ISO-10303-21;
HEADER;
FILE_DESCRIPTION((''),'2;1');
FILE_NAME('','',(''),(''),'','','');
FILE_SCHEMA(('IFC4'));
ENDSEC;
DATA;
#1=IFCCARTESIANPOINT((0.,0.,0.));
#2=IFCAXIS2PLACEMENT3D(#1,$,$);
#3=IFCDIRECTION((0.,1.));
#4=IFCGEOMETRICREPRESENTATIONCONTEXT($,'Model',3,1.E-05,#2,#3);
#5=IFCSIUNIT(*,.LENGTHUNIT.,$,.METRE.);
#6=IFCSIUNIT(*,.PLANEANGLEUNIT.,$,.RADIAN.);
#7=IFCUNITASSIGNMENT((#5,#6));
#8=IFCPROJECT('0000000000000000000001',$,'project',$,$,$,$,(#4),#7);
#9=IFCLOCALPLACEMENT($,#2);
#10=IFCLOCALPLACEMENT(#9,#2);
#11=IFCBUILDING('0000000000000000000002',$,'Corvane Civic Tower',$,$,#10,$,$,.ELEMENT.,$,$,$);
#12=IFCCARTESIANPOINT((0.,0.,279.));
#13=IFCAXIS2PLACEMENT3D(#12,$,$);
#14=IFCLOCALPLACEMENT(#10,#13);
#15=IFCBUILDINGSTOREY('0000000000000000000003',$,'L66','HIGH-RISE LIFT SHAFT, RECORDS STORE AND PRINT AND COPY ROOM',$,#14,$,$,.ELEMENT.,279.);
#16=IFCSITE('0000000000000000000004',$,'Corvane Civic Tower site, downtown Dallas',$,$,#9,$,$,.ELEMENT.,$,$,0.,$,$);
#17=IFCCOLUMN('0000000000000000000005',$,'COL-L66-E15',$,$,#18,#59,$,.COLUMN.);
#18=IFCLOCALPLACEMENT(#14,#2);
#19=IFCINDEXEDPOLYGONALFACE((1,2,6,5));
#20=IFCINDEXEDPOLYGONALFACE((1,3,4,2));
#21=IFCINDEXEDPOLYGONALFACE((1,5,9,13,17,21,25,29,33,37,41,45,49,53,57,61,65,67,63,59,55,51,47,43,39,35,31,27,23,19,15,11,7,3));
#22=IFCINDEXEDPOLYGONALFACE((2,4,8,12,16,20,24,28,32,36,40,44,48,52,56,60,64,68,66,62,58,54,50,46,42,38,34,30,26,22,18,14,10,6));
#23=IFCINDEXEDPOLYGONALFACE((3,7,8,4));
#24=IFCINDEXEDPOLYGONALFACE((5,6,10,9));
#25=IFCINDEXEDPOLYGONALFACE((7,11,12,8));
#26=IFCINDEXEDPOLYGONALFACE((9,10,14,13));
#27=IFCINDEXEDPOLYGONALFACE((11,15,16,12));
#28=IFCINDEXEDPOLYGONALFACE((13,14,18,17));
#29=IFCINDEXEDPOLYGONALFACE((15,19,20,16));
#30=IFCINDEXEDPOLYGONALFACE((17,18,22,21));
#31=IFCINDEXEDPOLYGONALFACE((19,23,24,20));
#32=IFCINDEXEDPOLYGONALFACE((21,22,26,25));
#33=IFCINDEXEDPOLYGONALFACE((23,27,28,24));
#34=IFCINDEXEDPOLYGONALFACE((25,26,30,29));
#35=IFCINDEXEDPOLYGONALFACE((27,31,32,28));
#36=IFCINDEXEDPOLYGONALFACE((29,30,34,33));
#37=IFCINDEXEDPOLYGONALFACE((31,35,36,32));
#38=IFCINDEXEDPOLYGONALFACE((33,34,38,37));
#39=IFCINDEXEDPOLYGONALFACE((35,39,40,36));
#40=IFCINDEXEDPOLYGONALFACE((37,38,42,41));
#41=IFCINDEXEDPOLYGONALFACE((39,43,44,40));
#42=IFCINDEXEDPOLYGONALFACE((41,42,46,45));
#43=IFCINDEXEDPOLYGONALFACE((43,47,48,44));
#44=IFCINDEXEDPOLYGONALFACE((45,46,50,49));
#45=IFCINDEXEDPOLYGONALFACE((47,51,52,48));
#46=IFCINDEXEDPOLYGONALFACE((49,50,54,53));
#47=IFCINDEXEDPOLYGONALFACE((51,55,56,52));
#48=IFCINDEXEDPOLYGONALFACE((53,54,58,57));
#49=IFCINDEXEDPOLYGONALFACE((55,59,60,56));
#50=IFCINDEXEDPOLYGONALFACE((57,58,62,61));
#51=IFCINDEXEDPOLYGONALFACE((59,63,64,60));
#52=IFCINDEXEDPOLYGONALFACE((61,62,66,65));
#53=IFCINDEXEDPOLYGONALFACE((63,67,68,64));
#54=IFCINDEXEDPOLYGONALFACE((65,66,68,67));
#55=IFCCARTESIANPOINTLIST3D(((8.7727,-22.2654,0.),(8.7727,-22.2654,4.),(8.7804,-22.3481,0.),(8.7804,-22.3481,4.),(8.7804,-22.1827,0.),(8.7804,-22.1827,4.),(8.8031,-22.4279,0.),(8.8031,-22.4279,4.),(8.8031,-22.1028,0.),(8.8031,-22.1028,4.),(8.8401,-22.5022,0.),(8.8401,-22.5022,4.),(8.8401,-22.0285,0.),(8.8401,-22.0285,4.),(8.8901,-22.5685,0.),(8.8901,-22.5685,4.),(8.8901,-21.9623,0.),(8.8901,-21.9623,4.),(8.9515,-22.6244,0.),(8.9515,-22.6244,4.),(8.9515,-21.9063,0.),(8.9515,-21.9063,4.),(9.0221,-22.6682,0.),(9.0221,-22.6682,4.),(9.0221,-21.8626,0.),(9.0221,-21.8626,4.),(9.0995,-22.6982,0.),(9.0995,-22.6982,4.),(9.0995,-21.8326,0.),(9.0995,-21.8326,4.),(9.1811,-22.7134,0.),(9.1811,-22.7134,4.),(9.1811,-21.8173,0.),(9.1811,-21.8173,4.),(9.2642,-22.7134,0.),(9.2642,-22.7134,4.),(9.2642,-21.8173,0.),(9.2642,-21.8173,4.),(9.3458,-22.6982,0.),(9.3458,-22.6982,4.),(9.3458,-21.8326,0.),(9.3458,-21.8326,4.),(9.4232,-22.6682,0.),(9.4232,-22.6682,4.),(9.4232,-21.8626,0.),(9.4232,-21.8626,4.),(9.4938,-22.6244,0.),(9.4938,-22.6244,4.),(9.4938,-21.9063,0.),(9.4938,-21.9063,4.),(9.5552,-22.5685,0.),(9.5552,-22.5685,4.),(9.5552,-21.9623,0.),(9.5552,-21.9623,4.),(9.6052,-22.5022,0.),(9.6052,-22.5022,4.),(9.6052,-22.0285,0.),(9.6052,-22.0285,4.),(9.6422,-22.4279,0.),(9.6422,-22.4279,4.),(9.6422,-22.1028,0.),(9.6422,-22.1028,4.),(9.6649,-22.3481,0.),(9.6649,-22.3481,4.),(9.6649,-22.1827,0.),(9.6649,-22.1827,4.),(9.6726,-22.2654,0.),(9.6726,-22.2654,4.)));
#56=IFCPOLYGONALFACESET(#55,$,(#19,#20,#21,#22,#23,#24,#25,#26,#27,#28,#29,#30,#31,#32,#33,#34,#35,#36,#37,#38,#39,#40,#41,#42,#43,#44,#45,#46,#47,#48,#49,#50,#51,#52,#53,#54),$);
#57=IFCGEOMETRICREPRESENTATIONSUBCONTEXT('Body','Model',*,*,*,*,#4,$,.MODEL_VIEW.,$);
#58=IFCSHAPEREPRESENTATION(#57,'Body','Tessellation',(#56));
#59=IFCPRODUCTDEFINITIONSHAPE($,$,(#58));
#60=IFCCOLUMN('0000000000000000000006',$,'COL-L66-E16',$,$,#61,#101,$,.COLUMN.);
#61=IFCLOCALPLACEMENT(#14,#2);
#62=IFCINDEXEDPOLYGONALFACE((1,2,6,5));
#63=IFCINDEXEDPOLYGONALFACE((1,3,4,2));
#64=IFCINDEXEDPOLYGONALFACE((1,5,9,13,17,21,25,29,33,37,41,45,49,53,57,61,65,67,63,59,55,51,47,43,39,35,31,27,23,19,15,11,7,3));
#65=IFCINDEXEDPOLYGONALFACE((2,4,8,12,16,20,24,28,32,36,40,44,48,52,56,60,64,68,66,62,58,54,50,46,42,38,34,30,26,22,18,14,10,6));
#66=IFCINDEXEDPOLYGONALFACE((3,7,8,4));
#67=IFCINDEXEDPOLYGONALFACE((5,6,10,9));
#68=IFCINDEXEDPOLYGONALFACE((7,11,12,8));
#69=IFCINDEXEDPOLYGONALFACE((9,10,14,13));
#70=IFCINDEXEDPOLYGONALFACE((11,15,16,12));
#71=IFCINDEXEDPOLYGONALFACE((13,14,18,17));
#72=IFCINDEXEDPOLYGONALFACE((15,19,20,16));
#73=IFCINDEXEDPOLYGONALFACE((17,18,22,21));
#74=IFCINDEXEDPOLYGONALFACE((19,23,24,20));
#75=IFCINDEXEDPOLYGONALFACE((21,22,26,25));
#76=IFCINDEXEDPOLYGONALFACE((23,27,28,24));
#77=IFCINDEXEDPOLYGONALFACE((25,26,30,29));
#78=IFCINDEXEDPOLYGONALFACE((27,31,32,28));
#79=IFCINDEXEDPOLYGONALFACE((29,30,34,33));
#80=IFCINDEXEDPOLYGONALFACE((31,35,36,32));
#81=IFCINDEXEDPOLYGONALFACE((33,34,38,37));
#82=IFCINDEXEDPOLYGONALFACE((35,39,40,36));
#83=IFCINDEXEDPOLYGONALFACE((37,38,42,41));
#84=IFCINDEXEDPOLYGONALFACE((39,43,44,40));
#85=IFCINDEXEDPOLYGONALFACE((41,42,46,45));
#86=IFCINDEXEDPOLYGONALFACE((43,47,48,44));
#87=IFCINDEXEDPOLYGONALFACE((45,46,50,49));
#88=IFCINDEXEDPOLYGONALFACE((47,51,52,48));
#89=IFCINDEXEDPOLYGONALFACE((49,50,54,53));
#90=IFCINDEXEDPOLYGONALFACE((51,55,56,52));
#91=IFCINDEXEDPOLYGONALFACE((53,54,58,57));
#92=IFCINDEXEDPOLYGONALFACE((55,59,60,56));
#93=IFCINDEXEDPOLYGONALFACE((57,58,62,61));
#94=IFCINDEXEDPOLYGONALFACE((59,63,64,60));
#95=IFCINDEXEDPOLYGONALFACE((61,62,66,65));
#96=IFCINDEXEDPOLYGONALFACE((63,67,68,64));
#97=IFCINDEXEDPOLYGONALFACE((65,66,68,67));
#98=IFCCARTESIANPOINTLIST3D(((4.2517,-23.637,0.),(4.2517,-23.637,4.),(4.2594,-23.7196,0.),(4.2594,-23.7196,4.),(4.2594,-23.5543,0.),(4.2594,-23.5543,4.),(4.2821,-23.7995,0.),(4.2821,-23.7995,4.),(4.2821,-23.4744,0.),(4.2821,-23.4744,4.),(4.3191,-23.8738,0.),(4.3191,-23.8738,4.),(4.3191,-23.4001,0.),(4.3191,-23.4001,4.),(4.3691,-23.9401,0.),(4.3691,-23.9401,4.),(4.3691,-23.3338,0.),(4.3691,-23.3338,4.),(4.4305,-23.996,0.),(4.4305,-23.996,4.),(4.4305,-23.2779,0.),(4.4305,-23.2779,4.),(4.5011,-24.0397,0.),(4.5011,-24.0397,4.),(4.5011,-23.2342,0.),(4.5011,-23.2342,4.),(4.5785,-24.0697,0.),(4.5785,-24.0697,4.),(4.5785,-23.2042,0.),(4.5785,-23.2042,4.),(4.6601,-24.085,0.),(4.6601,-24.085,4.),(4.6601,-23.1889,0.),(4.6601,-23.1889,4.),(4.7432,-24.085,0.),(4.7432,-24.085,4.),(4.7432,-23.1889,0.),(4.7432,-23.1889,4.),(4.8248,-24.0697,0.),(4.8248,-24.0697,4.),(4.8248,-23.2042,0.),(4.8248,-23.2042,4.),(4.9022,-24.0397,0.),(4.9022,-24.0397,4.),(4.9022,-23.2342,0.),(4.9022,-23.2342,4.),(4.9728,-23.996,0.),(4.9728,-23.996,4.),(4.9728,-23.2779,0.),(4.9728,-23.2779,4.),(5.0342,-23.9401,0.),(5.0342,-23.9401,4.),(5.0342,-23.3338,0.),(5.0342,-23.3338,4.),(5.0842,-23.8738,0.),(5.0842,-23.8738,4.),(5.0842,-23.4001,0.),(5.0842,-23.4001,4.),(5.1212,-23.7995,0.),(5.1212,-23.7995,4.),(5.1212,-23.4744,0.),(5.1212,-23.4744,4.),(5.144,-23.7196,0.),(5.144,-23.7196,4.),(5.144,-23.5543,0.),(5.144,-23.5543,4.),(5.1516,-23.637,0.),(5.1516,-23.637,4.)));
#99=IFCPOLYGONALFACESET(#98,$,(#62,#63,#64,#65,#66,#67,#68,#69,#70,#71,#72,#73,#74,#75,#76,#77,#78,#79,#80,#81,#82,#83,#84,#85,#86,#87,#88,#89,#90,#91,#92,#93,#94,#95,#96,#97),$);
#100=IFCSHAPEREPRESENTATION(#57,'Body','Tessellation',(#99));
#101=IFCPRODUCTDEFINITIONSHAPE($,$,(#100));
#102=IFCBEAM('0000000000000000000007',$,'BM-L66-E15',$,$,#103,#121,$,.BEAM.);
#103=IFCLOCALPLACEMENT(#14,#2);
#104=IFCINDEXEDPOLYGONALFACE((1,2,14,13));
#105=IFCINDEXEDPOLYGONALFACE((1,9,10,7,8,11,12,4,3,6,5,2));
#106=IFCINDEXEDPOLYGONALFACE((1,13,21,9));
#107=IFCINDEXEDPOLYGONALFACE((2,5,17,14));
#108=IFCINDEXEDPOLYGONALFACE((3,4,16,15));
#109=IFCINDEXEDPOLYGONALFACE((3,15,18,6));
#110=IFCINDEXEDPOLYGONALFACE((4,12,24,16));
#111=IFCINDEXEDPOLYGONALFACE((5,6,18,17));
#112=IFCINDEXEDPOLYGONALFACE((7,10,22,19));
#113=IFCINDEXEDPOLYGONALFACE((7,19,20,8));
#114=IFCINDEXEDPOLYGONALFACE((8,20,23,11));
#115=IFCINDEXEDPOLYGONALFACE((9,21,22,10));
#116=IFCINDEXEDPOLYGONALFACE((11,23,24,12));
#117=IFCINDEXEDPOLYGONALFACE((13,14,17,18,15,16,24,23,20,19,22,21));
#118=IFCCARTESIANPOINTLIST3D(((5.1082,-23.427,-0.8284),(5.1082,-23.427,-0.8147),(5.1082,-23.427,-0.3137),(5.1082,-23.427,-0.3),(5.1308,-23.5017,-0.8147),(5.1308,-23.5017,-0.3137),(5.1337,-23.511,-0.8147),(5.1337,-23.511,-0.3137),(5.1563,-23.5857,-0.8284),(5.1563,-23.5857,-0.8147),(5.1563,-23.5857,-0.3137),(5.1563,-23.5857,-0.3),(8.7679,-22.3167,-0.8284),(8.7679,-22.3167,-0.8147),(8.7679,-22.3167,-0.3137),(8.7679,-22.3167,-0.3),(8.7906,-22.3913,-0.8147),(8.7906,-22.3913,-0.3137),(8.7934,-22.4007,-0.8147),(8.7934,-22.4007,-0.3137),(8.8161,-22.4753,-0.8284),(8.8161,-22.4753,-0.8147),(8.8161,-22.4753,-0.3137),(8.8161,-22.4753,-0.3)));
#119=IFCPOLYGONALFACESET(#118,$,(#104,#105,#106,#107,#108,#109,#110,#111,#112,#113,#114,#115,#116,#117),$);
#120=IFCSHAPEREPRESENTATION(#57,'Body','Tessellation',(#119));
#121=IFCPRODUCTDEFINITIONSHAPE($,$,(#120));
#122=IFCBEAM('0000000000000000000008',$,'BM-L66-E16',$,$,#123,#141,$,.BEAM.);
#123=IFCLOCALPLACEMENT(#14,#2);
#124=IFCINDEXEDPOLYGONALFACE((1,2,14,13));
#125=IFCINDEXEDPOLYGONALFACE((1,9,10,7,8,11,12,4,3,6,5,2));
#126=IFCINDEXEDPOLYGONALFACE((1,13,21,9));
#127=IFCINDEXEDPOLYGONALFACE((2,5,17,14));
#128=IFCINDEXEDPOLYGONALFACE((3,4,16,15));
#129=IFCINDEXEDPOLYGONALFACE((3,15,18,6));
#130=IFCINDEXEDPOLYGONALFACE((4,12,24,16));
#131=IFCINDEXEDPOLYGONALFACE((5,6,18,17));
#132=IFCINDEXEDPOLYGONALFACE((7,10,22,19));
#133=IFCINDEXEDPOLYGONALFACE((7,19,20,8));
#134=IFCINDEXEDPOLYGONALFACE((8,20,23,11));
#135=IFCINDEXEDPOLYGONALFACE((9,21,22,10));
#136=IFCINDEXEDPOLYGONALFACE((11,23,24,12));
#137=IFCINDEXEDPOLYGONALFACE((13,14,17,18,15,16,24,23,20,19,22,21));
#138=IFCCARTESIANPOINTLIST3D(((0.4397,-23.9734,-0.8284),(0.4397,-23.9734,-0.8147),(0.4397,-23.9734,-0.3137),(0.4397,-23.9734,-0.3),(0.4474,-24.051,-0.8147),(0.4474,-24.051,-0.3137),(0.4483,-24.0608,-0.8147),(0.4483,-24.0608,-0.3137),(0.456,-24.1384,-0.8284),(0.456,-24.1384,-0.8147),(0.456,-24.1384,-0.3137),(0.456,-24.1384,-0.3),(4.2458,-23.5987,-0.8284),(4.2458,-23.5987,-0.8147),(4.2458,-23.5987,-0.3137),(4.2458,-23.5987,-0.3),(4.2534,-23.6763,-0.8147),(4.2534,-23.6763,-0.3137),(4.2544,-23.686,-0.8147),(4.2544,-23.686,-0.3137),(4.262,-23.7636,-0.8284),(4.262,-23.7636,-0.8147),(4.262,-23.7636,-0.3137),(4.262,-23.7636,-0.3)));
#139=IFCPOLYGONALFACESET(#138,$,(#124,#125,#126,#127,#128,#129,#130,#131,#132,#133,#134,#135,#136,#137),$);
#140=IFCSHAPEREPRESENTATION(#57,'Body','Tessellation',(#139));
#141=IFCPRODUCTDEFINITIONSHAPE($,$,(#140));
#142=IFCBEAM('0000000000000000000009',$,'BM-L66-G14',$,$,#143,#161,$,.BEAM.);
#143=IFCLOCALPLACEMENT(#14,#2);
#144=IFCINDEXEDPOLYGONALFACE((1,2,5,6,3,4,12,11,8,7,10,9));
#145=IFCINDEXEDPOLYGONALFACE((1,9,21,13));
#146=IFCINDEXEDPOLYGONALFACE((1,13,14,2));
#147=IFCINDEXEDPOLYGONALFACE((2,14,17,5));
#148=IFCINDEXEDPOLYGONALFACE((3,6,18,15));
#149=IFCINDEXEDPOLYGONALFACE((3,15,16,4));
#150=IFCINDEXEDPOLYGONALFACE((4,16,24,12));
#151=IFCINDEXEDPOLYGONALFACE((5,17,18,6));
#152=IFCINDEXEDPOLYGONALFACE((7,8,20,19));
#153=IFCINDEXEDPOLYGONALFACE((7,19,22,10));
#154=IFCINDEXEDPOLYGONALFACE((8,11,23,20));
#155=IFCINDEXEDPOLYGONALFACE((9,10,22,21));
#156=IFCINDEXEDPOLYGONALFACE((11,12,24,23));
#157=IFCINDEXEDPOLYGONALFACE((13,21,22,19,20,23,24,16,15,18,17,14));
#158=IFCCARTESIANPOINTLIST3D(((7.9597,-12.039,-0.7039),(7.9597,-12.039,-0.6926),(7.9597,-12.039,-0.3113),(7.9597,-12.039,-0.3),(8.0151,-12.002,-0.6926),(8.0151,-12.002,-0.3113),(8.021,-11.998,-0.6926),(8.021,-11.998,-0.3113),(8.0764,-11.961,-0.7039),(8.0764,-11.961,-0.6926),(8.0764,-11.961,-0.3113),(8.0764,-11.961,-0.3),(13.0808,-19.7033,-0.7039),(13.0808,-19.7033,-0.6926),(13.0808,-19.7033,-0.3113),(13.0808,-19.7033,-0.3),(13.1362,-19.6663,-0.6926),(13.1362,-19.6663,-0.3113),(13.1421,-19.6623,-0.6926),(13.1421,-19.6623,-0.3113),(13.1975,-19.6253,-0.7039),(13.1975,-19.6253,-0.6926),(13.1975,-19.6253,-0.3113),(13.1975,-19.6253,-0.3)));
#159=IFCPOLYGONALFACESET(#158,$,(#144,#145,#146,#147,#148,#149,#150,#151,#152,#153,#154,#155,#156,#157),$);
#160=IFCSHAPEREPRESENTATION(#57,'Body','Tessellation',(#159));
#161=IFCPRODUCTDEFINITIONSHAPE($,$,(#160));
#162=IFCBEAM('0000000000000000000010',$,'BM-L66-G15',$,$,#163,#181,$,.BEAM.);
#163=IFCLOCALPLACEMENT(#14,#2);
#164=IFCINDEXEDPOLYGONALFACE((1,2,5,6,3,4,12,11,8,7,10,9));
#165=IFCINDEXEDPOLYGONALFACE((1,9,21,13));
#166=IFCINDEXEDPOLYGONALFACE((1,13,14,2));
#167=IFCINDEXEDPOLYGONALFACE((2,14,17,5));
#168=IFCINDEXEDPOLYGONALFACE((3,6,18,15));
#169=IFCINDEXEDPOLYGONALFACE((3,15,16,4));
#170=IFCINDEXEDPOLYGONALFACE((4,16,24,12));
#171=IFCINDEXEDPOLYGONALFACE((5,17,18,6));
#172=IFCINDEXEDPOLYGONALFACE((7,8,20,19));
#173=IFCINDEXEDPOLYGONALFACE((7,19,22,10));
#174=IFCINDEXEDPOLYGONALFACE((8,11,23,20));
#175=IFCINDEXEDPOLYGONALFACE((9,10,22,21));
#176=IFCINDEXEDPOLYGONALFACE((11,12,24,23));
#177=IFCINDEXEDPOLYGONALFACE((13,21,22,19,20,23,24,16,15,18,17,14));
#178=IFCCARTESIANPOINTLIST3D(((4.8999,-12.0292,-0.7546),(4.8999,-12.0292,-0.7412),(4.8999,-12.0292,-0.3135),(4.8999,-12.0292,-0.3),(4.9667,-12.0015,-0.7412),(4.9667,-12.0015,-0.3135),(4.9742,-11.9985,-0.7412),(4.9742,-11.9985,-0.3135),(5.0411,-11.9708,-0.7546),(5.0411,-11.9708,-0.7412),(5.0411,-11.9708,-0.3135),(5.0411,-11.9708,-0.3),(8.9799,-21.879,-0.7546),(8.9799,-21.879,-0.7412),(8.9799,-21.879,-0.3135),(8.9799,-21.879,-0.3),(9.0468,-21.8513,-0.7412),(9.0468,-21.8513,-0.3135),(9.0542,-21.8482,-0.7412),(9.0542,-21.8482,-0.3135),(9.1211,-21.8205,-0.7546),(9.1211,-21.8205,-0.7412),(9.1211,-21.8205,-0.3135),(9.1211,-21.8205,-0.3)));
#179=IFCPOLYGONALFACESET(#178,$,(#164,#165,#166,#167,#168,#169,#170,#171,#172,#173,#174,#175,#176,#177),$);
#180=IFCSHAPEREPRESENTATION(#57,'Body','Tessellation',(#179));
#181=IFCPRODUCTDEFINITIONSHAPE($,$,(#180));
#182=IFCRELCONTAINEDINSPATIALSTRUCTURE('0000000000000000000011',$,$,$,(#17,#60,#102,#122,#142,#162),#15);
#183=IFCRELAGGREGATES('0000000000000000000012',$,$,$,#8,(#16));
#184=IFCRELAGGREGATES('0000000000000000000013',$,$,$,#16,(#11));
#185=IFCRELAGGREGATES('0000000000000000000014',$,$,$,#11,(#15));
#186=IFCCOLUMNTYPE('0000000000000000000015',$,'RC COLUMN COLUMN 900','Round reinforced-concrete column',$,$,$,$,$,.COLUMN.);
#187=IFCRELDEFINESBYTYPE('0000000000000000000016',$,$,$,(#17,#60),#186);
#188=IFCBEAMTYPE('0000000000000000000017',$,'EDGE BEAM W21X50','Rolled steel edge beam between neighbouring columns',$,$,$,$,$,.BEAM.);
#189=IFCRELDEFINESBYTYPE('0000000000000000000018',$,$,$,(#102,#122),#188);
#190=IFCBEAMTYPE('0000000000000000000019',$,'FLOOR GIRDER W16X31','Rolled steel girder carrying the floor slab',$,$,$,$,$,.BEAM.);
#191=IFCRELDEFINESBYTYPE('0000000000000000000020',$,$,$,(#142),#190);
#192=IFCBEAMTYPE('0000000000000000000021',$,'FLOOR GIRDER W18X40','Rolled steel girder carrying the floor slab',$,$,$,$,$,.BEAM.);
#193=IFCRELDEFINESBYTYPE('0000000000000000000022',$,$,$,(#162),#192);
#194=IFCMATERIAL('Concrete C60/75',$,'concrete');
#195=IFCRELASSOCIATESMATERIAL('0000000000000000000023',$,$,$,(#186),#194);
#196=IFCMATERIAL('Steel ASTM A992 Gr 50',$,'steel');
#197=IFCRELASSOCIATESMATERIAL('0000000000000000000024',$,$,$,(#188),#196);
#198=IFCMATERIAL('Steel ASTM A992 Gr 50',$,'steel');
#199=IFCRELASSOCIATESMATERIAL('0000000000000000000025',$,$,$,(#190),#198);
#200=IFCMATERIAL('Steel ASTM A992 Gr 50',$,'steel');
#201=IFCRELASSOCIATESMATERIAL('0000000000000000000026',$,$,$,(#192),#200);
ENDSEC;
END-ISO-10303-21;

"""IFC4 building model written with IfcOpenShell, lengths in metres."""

from ifc_helpers import new_model, si_unit, direction, frame, origin, origin_2d, place, context, subcontext, project, spatial, circle, i_section, extrude, material, material_profile, profile_set, type_object, element, save


model = new_model("IFC4")

# Units and contexts
model_context = context("Model", 3, precision=1e-05, world=origin(), true_north=direction((0.0, 1.0)))
body_context = subcontext(model_context, "Body", "Model", "MODEL_VIEW")
ifc_project = project(units=[si_unit("LENGTHUNIT", "METRE"), si_unit("PLANEANGLEUNIT", "RADIAN")], contexts=[model_context])

# Site, building, storey
site_placement = place(None, origin())
site = spatial("IfcSite", under=ifc_project, at=site_placement, Name="Corvane Civic Tower site, downtown Dallas", CompositionType="ELEMENT", RefElevation=0.0)
building_placement = place(site_placement, origin())
building = spatial("IfcBuilding", under=site, at=building_placement, Name="Corvane Civic Tower", CompositionType="ELEMENT")
storey_placement = place(building_placement, frame((0.0, 0.0, 279.0)))
storey = spatial("IfcBuildingStorey", under=building, at=storey_placement, Name="L66", Description="HIGH-RISE LIFT SHAFT, RECORDS STORE AND PRINT AND COPY ROOM", CompositionType="ELEMENT", Elevation=279.0)

# Columns
ifc_material_1 = material(Name="Concrete C60/75", Category="concrete")
ifc_material_profile_1 = material_profile(ifc_material_1, circle(Radius=0.45, at=origin_2d()), Name="COLUMN 900")
ifc_profile_set_1 = profile_set([ifc_material_profile_1], Name="Concrete C60/75")
column_type = type_object("IfcColumnType", Name="RC COLUMN COLUMN 900", Description="Round reinforced-concrete column", PredefinedType="COLUMN", material=ifc_profile_set_1)
for number, where, z_axis, x_axis, name in (
    (1, (9.2227, -22.2654, 0.0), (0.0, 0.0, 1.0), (1.0, 0.0, 0.0), "COL-L66-E15"),
    (2, (4.7017, -23.637, 0.0), (0.0, 0.0, 1.0), (1.0, 0.0, 0.0), "COL-L66-E16"),
):
    element("IfcColumn", number, at=place(storey_placement, frame(where, z_axis=z_axis, x_axis=x_axis)), inside=storey, type_object=column_type, Name=name, PredefinedType="COLUMN", context=body_context, shape_type="SweptSolid", body=[
        extrude(circle(Radius=0.45, at=origin_2d()), origin(), (0.0, 0.0, 1.0), 4.0),
    ])

# Beams
ifc_material_2 = material(Name="Steel ASTM A992 Gr 50", Category="steel")
ifc_material_profile_2 = material_profile(ifc_material_2, i_section(OverallWidth=0.1658, OverallDepth=0.5283, WebThickness=0.0098, FlangeThickness=0.0137, at=origin_2d()), Name="W21X50")
ifc_profile_set_2 = profile_set([ifc_material_profile_2], Name="Steel ASTM A992 Gr 50")
beam_type_1 = type_object("IfcBeamType", Name="EDGE BEAM W21X50", Description="Rolled steel edge beam between neighbouring columns", PredefinedType="BEAM", material=ifc_profile_set_2)
for number, where, z_axis, x_axis, name in (
    (3, (8.792, -22.396, -0.5642), (-0.956926, -0.290333, 0.0), (0.290333, -0.956926, 0.0), "BM-L66-E15"),
    (4, (4.2539, -23.6812, -0.5642), (-0.995188, -0.097987, 0.0), (0.097987, -0.995188, 0.0), "BM-L66-E16"),
):
    element("IfcBeam", number, at=place(storey_placement, frame(where, z_axis=z_axis, x_axis=x_axis)), inside=storey, type_object=beam_type_1, Name=name, PredefinedType="BEAM", context=body_context, shape_type="SweptSolid", body=[
        extrude(i_section(OverallWidth=0.1658, OverallDepth=0.5283, WebThickness=0.0098, FlangeThickness=0.0137, at=origin_2d()), origin(), (0.0, 0.0, 1.0), 3.8245),
    ])
ifc_material_3 = material(Name="Steel ASTM A992 Gr 50", Category="steel")
ifc_material_profile_3 = material_profile(ifc_material_3, i_section(OverallWidth=0.1404, OverallDepth=0.4038, WebThickness=0.0071, FlangeThickness=0.0112, at=origin_2d()), Name="W16X31")
ifc_profile_set_3 = profile_set([ifc_material_profile_3], Name="Steel ASTM A992 Gr 50")
beam_type_2 = type_object("IfcBeamType", Name="FLOOR GIRDER W16X31", Description="Rolled steel girder carrying the floor slab", PredefinedType="BEAM", material=ifc_profile_set_3)
beam_1_placement = place(storey_placement, frame((8.0181, -12.0, -0.502), z_axis=(0.555568, -0.831471, 0.0), x_axis=(0.831471, 0.555568, 0.0)))
element("IfcBeam", 5, at=beam_1_placement, inside=storey, type_object=beam_type_2, Name="BM-L66-G14", PredefinedType="BEAM", context=body_context, shape_type="SweptSolid", body=[
    extrude(i_section(OverallWidth=0.1404, OverallDepth=0.4038, WebThickness=0.0071, FlangeThickness=0.0112, at=origin_2d()), origin(), (0.0, 0.0, 1.0), 9.2178),
])
ifc_material_4 = material(Name="Steel ASTM A992 Gr 50", Category="steel")
ifc_material_profile_4 = material_profile(ifc_material_4, i_section(OverallWidth=0.1528, OverallDepth=0.4546, WebThickness=0.0081, FlangeThickness=0.0134, at=origin_2d()), Name="W18X40")
ifc_profile_set_4 = profile_set([ifc_material_profile_4], Name="Steel ASTM A992 Gr 50")
beam_type_3 = type_object("IfcBeamType", Name="FLOOR GIRDER W18X40", Description="Rolled steel girder carrying the floor slab", PredefinedType="BEAM", material=ifc_profile_set_4)
beam_2_placement = place(storey_placement, frame((4.9705, -12.0, -0.5273), z_axis=(0.382694, -0.923875, 0.0), x_axis=(0.923875, 0.382694, 0.0)))
element("IfcBeam", 6, at=beam_2_placement, inside=storey, type_object=beam_type_3, Name="BM-L66-G15", PredefinedType="BEAM", context=body_context, shape_type="SweptSolid", body=[
    extrude(i_section(OverallWidth=0.1528, OverallDepth=0.4546, WebThickness=0.0081, FlangeThickness=0.0134, at=origin_2d()), origin(), (0.0, 0.0, 1.0), 10.6614),
])

save(model, "model.ifc")
